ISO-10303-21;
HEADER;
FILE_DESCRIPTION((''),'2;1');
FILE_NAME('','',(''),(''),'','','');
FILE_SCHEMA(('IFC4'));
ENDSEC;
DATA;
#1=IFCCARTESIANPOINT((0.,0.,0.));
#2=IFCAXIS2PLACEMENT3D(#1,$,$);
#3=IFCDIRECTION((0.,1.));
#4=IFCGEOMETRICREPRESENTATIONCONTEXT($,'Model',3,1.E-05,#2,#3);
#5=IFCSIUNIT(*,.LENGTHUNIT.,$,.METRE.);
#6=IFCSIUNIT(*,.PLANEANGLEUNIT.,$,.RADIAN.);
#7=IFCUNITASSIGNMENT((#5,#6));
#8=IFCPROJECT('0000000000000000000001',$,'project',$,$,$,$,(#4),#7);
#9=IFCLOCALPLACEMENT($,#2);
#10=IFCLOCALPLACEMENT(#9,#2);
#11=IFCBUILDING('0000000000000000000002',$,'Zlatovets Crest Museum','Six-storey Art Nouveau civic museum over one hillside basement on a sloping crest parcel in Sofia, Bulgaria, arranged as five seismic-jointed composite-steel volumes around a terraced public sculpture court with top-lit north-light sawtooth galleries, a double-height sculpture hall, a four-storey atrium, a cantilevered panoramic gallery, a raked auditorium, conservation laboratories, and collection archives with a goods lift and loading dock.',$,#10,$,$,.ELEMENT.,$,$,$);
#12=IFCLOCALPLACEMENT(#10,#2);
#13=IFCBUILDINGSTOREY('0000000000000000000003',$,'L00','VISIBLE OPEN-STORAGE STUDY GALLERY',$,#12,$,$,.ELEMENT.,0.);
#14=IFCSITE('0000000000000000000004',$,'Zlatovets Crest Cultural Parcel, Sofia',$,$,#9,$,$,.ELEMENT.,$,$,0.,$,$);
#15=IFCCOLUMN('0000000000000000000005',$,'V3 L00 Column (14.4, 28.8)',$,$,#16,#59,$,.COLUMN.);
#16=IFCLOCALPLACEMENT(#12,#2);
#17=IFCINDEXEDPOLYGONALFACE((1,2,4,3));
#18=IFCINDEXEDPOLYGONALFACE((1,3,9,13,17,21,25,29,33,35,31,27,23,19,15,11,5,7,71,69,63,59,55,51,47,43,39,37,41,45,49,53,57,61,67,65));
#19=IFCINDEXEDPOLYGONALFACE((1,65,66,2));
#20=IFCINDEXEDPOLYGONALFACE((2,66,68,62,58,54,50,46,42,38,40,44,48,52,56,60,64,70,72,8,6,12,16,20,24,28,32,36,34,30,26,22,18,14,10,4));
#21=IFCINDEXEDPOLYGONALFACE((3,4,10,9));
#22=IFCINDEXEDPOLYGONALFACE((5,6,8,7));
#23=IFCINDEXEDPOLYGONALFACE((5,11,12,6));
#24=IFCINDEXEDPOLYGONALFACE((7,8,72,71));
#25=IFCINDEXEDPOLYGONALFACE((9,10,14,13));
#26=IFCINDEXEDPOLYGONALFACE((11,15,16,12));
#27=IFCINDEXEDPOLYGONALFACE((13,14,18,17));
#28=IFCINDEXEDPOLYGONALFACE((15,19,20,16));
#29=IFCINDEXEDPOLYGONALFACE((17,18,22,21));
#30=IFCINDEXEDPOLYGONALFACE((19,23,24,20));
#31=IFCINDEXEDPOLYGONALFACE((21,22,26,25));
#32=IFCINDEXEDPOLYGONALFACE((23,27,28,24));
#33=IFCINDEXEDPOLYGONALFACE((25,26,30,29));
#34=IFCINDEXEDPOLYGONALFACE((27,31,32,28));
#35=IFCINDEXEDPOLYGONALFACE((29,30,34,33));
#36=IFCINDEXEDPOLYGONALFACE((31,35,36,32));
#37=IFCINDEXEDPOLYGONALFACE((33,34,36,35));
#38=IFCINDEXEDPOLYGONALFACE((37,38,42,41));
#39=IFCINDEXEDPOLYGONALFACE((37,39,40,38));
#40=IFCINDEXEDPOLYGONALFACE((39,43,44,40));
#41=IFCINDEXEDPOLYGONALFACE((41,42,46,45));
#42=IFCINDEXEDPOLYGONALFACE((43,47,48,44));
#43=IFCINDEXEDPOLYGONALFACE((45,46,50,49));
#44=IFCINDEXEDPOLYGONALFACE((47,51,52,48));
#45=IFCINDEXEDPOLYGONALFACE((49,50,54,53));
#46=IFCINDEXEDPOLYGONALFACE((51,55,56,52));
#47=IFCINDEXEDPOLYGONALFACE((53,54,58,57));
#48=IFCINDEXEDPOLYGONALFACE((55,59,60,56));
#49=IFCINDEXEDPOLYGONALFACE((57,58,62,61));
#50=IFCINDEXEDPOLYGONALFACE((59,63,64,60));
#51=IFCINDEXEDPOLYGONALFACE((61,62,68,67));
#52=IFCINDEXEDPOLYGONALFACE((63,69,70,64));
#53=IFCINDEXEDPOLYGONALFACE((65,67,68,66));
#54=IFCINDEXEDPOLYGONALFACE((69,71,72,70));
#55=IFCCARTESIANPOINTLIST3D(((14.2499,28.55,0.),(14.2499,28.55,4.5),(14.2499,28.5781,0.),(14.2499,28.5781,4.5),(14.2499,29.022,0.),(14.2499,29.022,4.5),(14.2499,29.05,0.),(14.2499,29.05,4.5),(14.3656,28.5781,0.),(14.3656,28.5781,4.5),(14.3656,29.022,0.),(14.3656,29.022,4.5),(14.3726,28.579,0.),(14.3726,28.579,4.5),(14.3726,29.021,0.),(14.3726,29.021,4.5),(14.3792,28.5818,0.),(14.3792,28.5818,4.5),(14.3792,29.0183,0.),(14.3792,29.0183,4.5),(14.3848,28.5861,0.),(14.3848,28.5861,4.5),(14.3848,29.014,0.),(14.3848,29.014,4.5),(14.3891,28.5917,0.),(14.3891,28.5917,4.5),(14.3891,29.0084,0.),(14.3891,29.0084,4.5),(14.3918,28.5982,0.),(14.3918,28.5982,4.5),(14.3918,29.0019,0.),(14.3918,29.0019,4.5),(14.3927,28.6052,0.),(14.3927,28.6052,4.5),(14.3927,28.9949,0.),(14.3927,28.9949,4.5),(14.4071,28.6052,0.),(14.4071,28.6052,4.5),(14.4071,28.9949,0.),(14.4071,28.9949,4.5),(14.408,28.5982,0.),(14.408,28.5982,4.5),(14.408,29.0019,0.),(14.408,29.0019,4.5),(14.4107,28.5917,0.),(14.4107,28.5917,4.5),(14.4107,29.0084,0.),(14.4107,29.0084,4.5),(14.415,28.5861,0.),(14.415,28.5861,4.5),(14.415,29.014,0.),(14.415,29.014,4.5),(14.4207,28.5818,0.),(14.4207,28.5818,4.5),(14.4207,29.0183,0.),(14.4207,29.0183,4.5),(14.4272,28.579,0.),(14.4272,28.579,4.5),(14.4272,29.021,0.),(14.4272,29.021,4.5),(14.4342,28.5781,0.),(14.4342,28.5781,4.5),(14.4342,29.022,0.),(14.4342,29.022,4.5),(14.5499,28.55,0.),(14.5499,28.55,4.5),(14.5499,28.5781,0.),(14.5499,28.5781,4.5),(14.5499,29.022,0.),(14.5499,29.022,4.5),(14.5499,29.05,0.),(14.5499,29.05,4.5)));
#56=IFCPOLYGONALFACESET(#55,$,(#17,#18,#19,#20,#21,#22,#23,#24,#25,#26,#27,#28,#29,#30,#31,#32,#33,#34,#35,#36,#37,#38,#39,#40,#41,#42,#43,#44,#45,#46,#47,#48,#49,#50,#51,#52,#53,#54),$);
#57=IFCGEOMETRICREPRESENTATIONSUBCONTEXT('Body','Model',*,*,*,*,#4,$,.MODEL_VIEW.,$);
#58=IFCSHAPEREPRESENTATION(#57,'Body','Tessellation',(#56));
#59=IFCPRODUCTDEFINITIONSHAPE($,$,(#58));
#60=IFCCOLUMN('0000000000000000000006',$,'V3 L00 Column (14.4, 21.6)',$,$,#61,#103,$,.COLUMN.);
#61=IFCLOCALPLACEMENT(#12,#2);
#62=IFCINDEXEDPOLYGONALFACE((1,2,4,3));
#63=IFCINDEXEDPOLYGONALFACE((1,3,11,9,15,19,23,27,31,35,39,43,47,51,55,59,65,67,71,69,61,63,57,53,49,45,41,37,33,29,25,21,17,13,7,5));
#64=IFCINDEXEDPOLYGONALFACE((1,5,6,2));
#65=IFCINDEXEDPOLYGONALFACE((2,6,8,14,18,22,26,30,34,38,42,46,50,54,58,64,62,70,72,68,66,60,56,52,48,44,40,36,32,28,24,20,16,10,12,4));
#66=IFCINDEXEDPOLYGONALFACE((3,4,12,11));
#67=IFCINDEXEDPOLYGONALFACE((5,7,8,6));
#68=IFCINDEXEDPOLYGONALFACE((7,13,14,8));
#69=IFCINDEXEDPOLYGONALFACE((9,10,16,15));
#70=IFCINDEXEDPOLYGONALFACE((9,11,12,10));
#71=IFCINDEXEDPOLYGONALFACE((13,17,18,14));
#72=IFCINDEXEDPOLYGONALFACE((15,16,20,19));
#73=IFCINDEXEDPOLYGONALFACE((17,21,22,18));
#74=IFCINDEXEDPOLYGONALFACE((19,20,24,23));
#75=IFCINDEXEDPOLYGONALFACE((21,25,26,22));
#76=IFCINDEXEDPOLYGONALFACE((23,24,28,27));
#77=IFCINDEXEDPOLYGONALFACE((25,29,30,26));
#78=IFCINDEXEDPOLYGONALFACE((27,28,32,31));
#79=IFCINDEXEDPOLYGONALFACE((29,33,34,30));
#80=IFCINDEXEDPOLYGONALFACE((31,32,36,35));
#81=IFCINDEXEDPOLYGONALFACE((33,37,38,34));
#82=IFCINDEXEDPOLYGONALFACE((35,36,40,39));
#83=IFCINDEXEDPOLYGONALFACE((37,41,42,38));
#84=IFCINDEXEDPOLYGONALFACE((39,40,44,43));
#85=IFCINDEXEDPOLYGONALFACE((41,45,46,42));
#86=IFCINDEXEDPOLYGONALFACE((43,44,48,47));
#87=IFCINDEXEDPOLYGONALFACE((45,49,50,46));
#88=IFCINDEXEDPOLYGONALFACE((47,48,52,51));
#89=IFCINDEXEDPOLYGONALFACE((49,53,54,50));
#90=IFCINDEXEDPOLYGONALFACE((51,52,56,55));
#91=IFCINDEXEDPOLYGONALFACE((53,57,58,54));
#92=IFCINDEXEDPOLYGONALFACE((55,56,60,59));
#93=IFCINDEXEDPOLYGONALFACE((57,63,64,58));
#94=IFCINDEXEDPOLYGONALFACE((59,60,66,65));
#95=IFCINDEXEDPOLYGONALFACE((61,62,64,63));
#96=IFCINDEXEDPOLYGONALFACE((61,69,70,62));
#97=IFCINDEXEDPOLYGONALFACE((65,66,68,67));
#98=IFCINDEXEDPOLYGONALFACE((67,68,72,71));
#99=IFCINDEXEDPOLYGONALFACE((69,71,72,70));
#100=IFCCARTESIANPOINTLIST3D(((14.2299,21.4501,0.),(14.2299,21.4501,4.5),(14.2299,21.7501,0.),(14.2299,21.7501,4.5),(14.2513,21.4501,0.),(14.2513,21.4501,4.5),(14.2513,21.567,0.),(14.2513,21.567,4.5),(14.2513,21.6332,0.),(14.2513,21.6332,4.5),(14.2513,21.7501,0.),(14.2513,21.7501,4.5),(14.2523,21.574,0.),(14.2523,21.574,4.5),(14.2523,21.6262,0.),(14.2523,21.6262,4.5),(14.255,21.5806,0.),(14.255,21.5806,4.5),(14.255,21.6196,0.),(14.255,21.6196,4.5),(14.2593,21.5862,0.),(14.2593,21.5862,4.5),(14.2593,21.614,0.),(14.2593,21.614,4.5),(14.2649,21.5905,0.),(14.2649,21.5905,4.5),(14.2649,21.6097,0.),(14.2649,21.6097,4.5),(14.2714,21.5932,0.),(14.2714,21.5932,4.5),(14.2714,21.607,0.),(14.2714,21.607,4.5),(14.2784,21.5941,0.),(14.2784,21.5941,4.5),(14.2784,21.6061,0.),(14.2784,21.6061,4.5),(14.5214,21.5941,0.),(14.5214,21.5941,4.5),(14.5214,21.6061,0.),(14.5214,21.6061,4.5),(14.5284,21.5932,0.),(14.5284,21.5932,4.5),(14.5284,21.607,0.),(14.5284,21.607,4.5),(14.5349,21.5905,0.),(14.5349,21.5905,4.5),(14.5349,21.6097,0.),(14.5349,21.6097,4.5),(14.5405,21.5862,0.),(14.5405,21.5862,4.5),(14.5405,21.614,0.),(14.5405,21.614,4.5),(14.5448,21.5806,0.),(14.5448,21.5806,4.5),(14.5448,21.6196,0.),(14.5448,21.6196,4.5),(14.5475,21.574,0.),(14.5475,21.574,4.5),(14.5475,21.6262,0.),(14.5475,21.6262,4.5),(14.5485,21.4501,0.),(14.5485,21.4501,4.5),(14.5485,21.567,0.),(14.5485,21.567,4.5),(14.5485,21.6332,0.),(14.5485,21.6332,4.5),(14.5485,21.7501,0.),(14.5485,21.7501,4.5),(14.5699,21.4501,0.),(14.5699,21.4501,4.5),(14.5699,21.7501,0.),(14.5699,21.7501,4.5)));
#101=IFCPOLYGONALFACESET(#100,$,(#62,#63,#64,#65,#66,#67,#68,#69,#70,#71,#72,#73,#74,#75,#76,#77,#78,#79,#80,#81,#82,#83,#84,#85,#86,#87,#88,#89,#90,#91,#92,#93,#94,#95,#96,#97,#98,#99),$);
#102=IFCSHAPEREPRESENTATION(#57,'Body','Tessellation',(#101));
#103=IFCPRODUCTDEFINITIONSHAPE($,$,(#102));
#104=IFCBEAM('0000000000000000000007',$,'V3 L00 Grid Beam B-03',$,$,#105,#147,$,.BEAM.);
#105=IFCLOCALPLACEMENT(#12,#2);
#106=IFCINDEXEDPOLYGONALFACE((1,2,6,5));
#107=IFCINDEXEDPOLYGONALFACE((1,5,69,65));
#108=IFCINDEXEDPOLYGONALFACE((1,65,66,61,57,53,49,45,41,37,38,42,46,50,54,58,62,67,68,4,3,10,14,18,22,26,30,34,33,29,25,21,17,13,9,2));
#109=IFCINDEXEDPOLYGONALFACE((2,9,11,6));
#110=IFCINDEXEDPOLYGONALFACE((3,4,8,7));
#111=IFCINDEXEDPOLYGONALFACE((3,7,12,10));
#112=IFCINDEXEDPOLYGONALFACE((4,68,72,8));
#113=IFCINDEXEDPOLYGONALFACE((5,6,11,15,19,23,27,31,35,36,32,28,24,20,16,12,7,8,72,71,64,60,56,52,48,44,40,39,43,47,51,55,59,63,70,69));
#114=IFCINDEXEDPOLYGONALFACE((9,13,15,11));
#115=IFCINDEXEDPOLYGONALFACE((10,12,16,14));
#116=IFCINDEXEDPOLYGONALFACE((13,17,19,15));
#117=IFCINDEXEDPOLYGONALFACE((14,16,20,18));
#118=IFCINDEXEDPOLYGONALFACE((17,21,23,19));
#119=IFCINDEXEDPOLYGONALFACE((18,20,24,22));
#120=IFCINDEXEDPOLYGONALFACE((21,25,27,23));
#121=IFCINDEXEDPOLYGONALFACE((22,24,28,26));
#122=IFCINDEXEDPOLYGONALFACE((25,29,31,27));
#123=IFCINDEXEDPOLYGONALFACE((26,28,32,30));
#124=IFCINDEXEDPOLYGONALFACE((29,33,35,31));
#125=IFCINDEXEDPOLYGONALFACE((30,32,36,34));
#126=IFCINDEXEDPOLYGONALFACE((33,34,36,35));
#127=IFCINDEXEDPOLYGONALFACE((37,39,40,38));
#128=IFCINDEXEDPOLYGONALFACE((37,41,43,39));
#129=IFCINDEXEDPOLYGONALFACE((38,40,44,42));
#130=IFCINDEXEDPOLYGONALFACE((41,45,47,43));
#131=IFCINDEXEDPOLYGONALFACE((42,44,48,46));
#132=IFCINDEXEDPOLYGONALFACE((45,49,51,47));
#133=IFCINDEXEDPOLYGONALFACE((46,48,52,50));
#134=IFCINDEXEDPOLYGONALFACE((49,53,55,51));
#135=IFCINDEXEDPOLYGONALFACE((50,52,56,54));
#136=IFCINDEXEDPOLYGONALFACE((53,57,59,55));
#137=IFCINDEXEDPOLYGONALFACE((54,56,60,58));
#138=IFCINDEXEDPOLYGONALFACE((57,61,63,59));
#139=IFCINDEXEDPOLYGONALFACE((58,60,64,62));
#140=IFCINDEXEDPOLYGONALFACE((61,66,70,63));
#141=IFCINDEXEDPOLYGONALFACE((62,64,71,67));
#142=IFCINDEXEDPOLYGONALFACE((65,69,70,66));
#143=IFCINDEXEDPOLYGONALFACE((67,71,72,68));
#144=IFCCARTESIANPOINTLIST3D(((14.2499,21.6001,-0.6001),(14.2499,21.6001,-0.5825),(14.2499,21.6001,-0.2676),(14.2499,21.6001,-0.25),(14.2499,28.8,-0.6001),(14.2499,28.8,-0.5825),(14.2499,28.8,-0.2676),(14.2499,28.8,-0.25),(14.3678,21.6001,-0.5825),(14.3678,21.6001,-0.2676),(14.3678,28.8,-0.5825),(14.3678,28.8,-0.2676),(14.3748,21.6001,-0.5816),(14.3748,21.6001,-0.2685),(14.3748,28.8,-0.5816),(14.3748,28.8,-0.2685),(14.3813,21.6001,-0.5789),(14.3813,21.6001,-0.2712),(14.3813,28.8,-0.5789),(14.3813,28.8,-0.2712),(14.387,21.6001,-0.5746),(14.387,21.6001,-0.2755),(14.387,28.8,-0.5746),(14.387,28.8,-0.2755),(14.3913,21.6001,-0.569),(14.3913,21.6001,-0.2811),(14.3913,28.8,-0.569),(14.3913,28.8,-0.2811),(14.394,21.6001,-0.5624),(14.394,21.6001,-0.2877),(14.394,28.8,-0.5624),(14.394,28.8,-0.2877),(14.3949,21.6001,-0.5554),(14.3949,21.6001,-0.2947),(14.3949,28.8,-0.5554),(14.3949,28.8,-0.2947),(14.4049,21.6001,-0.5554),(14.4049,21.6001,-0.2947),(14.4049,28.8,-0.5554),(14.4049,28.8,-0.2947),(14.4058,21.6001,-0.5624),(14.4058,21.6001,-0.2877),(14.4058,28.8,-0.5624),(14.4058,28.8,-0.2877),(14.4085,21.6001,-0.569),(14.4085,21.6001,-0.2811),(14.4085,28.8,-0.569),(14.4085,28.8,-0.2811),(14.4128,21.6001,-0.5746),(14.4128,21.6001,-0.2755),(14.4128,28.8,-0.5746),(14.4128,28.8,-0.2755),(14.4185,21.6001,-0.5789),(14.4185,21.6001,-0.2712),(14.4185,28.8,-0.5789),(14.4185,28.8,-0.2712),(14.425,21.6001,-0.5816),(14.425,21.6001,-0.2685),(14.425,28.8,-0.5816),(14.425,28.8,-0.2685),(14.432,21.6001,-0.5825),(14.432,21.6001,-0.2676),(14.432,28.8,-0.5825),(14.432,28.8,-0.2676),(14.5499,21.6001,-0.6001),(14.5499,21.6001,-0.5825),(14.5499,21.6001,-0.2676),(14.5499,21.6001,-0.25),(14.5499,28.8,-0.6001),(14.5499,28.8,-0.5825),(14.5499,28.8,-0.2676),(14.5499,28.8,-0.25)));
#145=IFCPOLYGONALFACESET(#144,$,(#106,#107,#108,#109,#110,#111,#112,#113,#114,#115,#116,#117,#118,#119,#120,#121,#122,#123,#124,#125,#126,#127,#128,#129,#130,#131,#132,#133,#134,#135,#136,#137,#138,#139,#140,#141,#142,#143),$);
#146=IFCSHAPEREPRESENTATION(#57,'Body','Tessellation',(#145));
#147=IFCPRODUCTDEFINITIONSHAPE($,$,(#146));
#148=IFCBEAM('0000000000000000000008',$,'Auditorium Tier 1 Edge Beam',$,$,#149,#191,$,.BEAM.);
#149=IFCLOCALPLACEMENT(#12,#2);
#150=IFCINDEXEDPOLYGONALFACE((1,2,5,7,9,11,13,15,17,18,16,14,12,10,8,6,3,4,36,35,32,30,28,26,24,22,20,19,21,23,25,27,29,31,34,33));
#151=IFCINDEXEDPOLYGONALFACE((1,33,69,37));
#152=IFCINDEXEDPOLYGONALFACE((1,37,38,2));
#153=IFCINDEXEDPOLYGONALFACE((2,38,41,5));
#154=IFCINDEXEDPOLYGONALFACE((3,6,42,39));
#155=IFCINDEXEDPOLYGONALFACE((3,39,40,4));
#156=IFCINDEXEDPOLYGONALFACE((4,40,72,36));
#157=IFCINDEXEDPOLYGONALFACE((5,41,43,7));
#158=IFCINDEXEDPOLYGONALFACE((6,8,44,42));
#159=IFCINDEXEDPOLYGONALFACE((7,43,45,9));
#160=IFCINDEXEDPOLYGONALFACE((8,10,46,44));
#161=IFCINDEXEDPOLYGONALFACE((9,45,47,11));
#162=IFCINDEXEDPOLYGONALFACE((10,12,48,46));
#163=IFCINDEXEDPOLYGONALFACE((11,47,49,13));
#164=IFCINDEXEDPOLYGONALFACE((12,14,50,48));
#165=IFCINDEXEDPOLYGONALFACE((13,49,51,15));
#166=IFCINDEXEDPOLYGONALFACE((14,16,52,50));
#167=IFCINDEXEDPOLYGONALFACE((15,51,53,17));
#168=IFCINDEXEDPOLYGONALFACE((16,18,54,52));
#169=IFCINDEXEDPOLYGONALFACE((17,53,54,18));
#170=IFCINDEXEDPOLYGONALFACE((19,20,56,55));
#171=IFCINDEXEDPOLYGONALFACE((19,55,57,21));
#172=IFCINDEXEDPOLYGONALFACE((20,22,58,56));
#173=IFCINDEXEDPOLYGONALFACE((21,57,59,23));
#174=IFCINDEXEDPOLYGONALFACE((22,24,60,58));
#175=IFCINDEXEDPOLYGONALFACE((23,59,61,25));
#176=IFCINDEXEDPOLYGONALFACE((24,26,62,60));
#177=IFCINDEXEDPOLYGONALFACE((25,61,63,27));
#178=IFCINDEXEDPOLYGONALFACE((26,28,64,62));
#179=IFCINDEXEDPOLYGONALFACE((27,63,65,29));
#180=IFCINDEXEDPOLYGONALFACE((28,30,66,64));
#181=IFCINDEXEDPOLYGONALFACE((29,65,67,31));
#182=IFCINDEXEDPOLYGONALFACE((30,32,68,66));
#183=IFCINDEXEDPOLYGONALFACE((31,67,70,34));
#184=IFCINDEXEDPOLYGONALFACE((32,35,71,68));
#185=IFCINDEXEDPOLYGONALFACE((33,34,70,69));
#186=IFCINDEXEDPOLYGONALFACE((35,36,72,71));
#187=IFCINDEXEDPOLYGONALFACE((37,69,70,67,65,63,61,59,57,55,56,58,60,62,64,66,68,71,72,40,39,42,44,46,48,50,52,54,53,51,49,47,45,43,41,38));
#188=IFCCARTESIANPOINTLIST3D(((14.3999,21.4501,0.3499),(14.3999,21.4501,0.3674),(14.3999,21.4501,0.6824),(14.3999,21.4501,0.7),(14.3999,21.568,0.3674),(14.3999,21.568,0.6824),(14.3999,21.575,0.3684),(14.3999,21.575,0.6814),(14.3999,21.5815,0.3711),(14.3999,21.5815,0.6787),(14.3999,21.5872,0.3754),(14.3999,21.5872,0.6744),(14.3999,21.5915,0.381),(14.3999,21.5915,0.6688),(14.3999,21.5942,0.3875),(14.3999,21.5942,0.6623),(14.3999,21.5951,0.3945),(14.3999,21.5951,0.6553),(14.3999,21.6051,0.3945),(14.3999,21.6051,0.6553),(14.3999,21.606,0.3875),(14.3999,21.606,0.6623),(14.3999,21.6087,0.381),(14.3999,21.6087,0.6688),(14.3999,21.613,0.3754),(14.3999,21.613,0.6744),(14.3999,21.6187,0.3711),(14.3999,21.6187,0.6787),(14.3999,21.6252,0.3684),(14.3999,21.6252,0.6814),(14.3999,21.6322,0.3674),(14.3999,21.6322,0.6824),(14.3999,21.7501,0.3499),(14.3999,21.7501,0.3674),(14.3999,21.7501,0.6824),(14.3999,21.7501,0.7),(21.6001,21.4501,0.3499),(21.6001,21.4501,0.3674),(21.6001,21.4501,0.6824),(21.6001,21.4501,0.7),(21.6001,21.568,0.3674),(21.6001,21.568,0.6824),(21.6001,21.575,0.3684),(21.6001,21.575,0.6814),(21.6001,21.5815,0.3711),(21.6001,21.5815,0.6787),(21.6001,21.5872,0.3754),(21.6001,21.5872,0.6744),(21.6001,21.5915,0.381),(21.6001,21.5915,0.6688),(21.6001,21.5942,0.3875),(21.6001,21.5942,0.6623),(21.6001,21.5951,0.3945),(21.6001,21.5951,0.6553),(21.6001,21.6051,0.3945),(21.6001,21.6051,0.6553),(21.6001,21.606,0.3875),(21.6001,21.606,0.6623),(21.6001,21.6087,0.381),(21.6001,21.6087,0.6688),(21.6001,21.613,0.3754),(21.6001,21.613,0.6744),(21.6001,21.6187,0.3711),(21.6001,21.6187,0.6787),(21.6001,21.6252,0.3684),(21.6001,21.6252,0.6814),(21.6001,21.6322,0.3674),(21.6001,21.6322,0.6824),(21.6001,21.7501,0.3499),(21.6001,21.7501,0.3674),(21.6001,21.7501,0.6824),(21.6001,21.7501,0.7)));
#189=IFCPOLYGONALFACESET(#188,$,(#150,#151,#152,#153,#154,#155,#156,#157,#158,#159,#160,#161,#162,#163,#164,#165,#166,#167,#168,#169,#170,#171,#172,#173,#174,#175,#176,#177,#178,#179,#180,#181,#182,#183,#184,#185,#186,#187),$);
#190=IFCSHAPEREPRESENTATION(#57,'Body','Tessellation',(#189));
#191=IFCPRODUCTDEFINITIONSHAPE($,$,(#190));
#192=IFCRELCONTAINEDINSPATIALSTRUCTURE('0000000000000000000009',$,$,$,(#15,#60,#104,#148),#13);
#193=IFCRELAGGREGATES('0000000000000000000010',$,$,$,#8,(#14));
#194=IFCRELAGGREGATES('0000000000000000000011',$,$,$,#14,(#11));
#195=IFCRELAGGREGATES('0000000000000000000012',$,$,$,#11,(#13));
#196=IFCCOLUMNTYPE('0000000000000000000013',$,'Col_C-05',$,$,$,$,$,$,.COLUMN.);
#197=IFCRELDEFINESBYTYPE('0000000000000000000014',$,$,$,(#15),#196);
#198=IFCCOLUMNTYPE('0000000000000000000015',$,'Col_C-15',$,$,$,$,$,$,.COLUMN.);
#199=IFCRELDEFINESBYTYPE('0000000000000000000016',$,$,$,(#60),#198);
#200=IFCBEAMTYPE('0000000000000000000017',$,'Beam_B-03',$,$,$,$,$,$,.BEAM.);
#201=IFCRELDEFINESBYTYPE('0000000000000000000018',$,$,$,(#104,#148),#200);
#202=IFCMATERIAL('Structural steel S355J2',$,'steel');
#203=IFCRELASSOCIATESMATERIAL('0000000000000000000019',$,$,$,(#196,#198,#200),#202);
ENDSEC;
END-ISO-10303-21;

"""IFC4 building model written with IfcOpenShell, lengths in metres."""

from ifc_helpers import new_model, si_unit, direction, frame, origin, origin_2d, place, context, subcontext, project, spatial, i_section, extrude, material, material_profile, profile_set, type_object, element, save


model = new_model("IFC4")

# Units and contexts
model_context = context("Model", 3, precision=1e-05, world=origin(), true_north=direction((0.0, 1.0)))
body_context = subcontext(model_context, "Body", "Model", "MODEL_VIEW")
ifc_project = project(units=[si_unit("LENGTHUNIT", "METRE"), si_unit("PLANEANGLEUNIT", "RADIAN")], contexts=[model_context])

# Site, building, storey
site_placement = place(None, origin())
site = spatial("IfcSite", under=ifc_project, at=site_placement, Name="Zlatovets Crest Cultural Parcel, Sofia", CompositionType="ELEMENT", RefElevation=0.0)
building_placement = place(site_placement, origin())
building = spatial("IfcBuilding", under=site, at=building_placement, Name="Zlatovets Crest Museum", Description="Six-storey Art Nouveau civic museum over one hillside basement on a sloping crest parcel in Sofia, Bulgaria, arranged as five seismic-jointed composite-steel volumes around a terraced public sculpture court with top-lit north-light sawtooth galleries, a double-height sculpture hall, a four-storey atrium, a cantilevered panoramic gallery, a raked auditorium, conservation laboratories, and collection archives with a goods lift and loading dock.", CompositionType="ELEMENT")
storey_placement = place(building_placement, origin())
storey = spatial("IfcBuildingStorey", under=building, at=storey_placement, Name="L00", Description="VISIBLE OPEN-STORAGE STUDY GALLERY", CompositionType="ELEMENT", Elevation=0.0)

# Columns
ifc_material_1 = material(Name="Structural steel S355J2", Category="steel")
ifc_material_profile_1 = material_profile(ifc_material_1, i_section(OverallWidth=0.3, OverallDepth=0.5, WebThickness=0.0144, FlangeThickness=0.0281, FilletRadius=0.0271, at=origin_2d()), Name="HEB 500")
ifc_profile_set_1 = profile_set([ifc_material_profile_1], Name="Structural steel S355J2")
column_type_1 = type_object("IfcColumnType", Name="Col_C-05", PredefinedType="COLUMN", material=ifc_profile_set_1)
column_1_placement = place(storey_placement, frame((14.3999, 28.8, 0.0), z_axis=(0.0, 0.0, 1.0), x_axis=(1.0, 0.0, 0.0)))
element("IfcColumn", 1, at=column_1_placement, inside=storey, type_object=column_type_1, Name="V3 L00 Column (14.4, 28.8)", PredefinedType="COLUMN", context=body_context, shape_type="SweptSolid", body=[
    extrude(i_section(OverallWidth=0.3, OverallDepth=0.5, WebThickness=0.0144, FlangeThickness=0.0281, FilletRadius=0.0271, at=origin_2d()), origin(), (0.0, 0.0, 1.0), 4.5),
])
ifc_material_profile_2 = material_profile(ifc_material_1, i_section(OverallWidth=0.3, OverallDepth=0.3401, WebThickness=0.012, FlangeThickness=0.0215, FilletRadius=0.0271, at=origin_2d()), Name="HEB 340")
ifc_profile_set_2 = profile_set([ifc_material_profile_2], Name="Structural steel S355J2")
column_type_2 = type_object("IfcColumnType", Name="Col_C-15", PredefinedType="COLUMN", material=ifc_profile_set_2)
column_2_placement = place(storey_placement, frame((14.3999, 21.6001, 0.0), z_axis=(0.0, 0.0, 1.0), x_axis=(0.0, 1.0, 0.0)))
element("IfcColumn", 2, at=column_2_placement, inside=storey, type_object=column_type_2, Name="V3 L00 Column (14.4, 21.6)", PredefinedType="COLUMN", context=body_context, shape_type="SweptSolid", body=[
    extrude(i_section(OverallWidth=0.3, OverallDepth=0.3401, WebThickness=0.012, FlangeThickness=0.0215, FilletRadius=0.0271, at=origin_2d()), origin(), (0.0, 0.0, 1.0), 4.5),
])

# Beams
ifc_material_profile_3 = material_profile(ifc_material_1, i_section(OverallWidth=0.3, OverallDepth=0.3501, WebThickness=0.01, FlangeThickness=0.0176, FilletRadius=0.0271, at=origin_2d()), Name="HEA 360")
ifc_profile_set_3 = profile_set([ifc_material_profile_3], Name="Structural steel S355J2")
beam_type_1 = type_object("IfcBeamType", Name="Beam_B-03", PredefinedType="BEAM", material=ifc_profile_set_3)
beam_1_placement = place(storey_placement, frame((14.3999, 21.6001, -0.425), z_axis=(0.0, 1.0, 0.0), x_axis=(-1.0, 0.0, 0.0)))
element("IfcBeam", 3, at=beam_1_placement, inside=storey, type_object=beam_type_1, Name="V3 L00 Grid Beam B-03", PredefinedType="BEAM", context=body_context, shape_type="SweptSolid", body=[
    extrude(i_section(OverallWidth=0.3, OverallDepth=0.3501, WebThickness=0.01, FlangeThickness=0.0176, FilletRadius=0.0271, at=origin_2d()), origin(), (0.0, 0.0, 1.0), 7.2),
])
beam_2_placement = place(storey_placement, frame((14.3999, 21.6001, 0.5249), z_axis=(1.0, 0.0, 0.0), x_axis=(0.0, 1.0, 0.0)))
element("IfcBeam", 4, at=beam_2_placement, inside=storey, type_object=beam_type_1, Name="Auditorium Tier 1 Edge Beam", PredefinedType="BEAM", context=body_context, shape_type="SweptSolid", body=[
    extrude(i_section(OverallWidth=0.3, OverallDepth=0.3501, WebThickness=0.01, FlangeThickness=0.0176, FilletRadius=0.0271, at=origin_2d()), origin(), (0.0, 0.0, 1.0), 7.2002),
])

save(model, "model.ifc")
